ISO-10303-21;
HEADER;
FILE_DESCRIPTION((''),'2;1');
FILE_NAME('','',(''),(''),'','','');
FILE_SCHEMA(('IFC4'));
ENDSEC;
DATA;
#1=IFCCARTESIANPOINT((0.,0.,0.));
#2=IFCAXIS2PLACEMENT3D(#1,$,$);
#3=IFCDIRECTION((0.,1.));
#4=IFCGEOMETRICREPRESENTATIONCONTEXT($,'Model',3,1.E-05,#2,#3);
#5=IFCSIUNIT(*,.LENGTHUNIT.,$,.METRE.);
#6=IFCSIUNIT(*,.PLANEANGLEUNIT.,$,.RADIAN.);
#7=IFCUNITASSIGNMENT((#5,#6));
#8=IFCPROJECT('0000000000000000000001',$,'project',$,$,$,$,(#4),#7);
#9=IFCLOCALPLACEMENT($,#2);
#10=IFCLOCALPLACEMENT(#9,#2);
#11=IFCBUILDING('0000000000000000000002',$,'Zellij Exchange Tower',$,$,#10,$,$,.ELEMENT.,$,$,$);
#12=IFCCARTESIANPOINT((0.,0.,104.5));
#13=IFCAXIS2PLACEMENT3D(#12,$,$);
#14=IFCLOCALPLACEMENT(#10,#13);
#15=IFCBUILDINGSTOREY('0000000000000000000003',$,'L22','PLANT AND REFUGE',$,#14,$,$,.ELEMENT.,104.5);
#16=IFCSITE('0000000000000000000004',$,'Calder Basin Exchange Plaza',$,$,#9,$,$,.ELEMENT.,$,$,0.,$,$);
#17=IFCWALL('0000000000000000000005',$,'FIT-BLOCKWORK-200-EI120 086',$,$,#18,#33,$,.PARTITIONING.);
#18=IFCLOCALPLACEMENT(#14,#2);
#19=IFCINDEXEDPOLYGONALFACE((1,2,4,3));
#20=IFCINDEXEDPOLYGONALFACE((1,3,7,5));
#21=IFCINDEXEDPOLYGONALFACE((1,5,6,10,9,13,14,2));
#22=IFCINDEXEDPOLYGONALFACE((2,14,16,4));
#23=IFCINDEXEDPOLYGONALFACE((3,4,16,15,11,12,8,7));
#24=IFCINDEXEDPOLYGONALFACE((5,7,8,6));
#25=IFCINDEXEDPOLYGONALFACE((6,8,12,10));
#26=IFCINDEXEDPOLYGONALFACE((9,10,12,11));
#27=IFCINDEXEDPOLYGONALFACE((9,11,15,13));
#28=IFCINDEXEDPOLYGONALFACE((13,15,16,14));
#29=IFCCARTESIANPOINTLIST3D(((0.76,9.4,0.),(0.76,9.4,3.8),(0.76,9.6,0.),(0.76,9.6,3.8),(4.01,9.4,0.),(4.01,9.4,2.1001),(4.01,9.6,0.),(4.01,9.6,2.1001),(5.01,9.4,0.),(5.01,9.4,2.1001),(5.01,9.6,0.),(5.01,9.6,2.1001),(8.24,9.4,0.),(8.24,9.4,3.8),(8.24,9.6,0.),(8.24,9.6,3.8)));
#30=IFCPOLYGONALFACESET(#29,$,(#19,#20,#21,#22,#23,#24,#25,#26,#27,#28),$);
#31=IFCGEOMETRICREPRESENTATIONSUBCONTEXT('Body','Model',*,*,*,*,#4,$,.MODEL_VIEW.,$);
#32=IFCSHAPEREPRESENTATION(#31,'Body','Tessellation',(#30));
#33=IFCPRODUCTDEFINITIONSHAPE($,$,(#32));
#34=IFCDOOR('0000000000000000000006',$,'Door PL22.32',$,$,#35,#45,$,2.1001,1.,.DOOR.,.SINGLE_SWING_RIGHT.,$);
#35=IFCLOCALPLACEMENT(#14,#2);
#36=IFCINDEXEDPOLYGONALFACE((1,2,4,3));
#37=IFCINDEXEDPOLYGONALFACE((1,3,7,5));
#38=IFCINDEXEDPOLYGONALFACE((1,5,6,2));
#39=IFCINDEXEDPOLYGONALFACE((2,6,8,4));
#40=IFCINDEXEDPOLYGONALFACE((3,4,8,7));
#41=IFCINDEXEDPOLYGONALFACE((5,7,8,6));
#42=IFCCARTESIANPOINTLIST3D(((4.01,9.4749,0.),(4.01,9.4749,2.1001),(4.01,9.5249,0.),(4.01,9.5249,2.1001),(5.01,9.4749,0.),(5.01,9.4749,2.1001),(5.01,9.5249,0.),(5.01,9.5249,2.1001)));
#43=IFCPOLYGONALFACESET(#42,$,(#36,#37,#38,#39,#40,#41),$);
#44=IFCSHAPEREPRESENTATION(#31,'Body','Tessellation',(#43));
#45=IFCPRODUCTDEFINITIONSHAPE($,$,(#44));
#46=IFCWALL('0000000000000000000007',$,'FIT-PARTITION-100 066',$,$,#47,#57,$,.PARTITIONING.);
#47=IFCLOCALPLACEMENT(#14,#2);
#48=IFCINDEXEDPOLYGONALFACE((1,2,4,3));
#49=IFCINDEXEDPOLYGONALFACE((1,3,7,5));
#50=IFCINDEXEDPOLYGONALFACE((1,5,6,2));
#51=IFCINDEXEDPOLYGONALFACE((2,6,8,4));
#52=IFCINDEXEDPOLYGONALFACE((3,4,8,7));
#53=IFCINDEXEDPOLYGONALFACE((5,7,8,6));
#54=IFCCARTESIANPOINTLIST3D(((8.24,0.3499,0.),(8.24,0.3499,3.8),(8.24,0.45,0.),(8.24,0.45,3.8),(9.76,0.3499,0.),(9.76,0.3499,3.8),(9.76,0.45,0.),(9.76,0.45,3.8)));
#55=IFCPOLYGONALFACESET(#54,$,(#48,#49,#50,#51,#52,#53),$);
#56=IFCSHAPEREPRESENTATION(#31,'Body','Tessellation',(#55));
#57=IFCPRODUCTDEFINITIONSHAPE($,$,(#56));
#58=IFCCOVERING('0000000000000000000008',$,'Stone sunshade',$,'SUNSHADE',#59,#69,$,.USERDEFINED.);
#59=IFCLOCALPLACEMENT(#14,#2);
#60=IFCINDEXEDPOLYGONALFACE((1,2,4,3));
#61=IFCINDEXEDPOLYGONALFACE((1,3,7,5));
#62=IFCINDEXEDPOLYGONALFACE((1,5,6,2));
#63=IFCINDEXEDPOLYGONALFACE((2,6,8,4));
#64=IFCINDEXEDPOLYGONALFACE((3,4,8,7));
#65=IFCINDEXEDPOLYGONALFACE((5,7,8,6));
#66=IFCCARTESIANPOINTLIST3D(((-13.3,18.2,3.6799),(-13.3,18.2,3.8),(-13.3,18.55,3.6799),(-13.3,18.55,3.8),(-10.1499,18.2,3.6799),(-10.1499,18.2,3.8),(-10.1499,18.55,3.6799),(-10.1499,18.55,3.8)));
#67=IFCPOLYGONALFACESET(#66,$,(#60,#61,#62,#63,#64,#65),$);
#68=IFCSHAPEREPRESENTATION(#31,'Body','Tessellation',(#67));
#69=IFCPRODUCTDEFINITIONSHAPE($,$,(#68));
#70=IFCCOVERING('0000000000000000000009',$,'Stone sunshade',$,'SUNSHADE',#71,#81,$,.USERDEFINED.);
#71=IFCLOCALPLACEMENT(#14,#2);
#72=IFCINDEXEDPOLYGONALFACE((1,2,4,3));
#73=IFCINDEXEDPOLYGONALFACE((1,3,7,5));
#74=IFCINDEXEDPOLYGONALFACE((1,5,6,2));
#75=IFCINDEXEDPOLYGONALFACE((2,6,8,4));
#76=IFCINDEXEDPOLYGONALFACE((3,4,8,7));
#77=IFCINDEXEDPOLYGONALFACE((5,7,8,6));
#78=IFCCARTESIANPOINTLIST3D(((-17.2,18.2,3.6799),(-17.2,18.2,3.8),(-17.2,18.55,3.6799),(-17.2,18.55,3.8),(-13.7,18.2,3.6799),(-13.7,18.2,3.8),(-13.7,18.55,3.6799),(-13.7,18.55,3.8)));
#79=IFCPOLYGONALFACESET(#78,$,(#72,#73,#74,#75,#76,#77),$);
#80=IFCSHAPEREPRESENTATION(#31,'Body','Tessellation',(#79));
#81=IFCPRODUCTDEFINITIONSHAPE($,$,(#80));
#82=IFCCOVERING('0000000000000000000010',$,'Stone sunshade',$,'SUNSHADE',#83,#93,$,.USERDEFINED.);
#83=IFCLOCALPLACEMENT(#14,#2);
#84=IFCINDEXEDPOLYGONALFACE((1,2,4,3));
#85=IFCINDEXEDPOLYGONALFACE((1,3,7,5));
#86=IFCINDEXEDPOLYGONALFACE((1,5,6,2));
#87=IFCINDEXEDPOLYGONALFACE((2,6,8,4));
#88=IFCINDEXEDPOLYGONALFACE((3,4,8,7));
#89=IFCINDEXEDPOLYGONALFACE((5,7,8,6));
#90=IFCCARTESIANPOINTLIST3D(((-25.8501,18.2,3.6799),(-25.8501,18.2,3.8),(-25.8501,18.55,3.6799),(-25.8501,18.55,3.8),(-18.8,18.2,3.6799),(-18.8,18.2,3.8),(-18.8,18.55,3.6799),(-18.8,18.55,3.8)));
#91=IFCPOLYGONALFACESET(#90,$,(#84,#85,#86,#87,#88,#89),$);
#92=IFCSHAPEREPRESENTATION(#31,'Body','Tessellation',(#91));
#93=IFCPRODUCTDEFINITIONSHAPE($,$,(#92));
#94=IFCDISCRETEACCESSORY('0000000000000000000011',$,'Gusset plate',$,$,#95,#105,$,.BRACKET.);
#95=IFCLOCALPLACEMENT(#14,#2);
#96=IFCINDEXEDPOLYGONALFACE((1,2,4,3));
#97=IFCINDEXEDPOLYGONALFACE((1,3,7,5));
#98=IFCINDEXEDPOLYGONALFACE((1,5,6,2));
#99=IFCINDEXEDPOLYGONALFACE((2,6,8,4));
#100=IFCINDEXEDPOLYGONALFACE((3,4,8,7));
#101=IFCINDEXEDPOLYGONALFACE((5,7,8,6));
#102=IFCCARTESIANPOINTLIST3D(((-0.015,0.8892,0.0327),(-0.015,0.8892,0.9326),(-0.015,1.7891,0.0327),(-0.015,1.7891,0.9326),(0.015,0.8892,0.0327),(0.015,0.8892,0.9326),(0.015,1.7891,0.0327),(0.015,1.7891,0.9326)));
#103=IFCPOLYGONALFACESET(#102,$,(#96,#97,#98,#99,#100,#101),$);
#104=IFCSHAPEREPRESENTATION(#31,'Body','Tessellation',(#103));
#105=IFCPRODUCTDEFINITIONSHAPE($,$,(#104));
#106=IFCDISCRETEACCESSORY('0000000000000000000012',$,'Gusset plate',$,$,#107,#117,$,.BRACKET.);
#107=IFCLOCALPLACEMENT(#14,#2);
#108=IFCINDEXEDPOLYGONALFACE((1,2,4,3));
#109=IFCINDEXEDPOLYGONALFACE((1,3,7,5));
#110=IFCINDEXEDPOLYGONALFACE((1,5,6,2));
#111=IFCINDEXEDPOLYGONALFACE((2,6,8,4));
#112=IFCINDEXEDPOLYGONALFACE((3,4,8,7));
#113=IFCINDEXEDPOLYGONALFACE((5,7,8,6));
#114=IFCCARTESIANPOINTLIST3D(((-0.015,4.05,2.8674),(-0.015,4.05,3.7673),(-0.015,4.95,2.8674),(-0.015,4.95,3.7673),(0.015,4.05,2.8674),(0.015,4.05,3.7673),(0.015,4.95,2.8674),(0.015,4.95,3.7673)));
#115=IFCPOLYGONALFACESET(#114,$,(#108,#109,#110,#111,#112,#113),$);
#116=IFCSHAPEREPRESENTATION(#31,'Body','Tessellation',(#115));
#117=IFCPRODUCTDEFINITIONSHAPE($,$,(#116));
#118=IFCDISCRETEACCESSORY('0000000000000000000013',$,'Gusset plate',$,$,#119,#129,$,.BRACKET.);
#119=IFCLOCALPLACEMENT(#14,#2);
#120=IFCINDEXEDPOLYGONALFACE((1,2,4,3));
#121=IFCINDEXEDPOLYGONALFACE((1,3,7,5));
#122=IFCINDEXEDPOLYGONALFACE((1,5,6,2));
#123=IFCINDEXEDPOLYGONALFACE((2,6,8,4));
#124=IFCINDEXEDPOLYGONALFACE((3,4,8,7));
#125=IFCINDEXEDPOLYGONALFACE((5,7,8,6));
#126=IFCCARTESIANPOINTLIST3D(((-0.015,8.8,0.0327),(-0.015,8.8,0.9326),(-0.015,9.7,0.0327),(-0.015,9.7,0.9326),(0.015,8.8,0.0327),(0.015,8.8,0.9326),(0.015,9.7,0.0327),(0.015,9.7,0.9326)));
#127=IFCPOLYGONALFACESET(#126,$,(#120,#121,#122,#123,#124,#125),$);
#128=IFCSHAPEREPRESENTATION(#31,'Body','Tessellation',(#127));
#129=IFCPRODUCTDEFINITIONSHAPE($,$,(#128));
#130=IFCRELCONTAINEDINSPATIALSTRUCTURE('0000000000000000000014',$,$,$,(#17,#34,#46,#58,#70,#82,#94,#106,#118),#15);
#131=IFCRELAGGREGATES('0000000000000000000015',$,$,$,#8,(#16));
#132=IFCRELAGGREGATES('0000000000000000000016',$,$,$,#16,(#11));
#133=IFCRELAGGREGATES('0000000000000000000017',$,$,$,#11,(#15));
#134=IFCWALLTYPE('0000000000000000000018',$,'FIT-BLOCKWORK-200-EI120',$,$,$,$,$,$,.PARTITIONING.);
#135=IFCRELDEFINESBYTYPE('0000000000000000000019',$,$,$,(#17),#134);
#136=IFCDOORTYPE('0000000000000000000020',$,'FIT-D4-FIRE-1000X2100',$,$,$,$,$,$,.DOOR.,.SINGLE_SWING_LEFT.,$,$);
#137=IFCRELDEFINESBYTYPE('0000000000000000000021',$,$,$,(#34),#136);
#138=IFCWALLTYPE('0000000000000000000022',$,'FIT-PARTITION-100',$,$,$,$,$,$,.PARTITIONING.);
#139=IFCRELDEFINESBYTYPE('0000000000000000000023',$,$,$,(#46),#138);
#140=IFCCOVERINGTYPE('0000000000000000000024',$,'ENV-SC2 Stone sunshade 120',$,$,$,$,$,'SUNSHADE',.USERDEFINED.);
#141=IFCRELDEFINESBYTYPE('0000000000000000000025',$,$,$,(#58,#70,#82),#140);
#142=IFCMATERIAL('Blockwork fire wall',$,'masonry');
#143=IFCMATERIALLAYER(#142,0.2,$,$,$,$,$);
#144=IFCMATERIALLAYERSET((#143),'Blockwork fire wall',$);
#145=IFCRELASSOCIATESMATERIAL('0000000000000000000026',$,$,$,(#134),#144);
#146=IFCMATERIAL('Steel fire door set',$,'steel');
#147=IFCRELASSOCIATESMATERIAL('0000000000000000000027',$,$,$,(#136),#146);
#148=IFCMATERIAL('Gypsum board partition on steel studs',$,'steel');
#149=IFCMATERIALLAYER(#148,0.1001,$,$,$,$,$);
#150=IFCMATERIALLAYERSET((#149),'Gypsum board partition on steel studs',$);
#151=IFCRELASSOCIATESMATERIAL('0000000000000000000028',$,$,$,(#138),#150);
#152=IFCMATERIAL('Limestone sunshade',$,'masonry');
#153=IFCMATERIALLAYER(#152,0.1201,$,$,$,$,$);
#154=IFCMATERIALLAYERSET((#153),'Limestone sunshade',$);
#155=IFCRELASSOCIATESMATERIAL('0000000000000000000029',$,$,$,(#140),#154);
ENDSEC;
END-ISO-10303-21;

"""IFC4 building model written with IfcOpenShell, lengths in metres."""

from ifc_helpers import new_model, si_unit, direction, frame, frame_2d, origin, origin_2d, place, context, subcontext, project, spatial, polyline, rectangle, outline, extrude, material, layer, layer_set, type_object, element, fill, save


model = new_model("IFC4")

# Units and contexts
model_context = context("Model", 3, precision=1e-05, world=origin(), true_north=direction((0.0, 1.0)))
body_context = subcontext(model_context, "Body", "Model", "MODEL_VIEW")
ifc_project = project(units=[si_unit("LENGTHUNIT", "METRE"), si_unit("PLANEANGLEUNIT", "RADIAN")], contexts=[model_context])

# Site, building, storey
site_placement = place(None, origin())
site = spatial("IfcSite", under=ifc_project, at=site_placement, Name="Calder Basin Exchange Plaza", CompositionType="ELEMENT", RefElevation=0.0)
building_placement = place(site_placement, origin())
building = spatial("IfcBuilding", under=site, at=building_placement, Name="Zellij Exchange Tower", CompositionType="ELEMENT")
storey_placement = place(building_placement, frame((0.0, 0.0, 104.5)))
storey = spatial("IfcBuildingStorey", under=building, at=storey_placement, Name="L22", Description="PLANT AND REFUGE", CompositionType="ELEMENT", Elevation=104.5)

# Shared definitions
ifc_material_1 = material(Name="Blockwork fire wall", Category="masonry")
ifc_layer_1 = layer(ifc_material_1, 0.2)
ifc_layer_set_1 = layer_set([ifc_layer_1], Name="Blockwork fire wall")
wall_type_1 = type_object("IfcWallType", Name="FIT-BLOCKWORK-200-EI120", PredefinedType="PARTITIONING", material=ifc_layer_set_1)
ifc_material_2 = material(Name="Steel fire door set", Category="steel")

# Wall, opening, door
wall_1_placement = place(storey_placement, frame((0.76, 9.5, 0.0), z_axis=(0.0, 0.0, 1.0), x_axis=(1.0, 0.0, 0.0)))
wall_1 = element("IfcWall", 1, at=wall_1_placement, inside=storey, type_object=wall_type_1, Name="FIT-BLOCKWORK-200-EI120 086", PredefinedType="PARTITIONING", context=body_context, shape_type="SweptSolid", body=[
    extrude(rectangle(XDim=7.48, YDim=0.2, at=frame_2d((3.74, 0.0))), origin(), (0.0, 0.0, 1.0), 3.8),
])
opening_1_placement = place(wall_1_placement, frame((3.25, 0.0, 0.0)))
opening_1 = element("IfcOpeningElement", 2, at=opening_1_placement, cuts=wall_1, PredefinedType="OPENING", context=body_context, shape_type="SweptSolid", body=[
    extrude(rectangle(XDim=1.0, YDim=2.1001, at=frame_2d((0.5, 1.05))), frame((0.0, 0.1118, 0.0), z_axis=(0.0, -1.0, 0.0), x_axis=(1.0, 0.0, 0.0)), (0.0, 0.0, 1.0), 0.2239),
])
door_type_1 = type_object("IfcDoorType", Name="FIT-D4-FIRE-1000X2100", OperationType="SINGLE_SWING_LEFT", PredefinedType="DOOR", material=ifc_material_2)
door_1_placement = place(opening_1_placement, origin())
door_1 = element("IfcDoor", 3, at=door_1_placement, inside=storey, type_object=door_type_1, Name="Door PL22.32", OperationType="SINGLE_SWING_RIGHT", OverallHeight=2.1001, OverallWidth=1.0, PredefinedType="DOOR", context=body_context, shape_type="SweptSolid", body=[
    extrude(rectangle(XDim=1.0, YDim=2.1001, at=frame_2d((0.5, 1.05))), frame((0.0, 0.0249, 0.0), z_axis=(0.0, -1.0, 0.0), x_axis=(1.0, 0.0, 0.0)), (0.0, 0.0, 1.0), 0.05),
])
fill(opening_1, door_1)

# Wall
ifc_material_3 = material(Name="Gypsum board partition on steel studs", Category="steel")
ifc_layer_2 = layer(ifc_material_3, 0.1001)
ifc_layer_set_2 = layer_set([ifc_layer_2], Name="Gypsum board partition on steel studs")
wall_type_2 = type_object("IfcWallType", Name="FIT-PARTITION-100", PredefinedType="PARTITIONING", material=ifc_layer_set_2)
wall_2_placement = place(storey_placement, frame((8.24, 0.3999, 0.0), z_axis=(0.0, 0.0, 1.0), x_axis=(1.0, 0.0, 0.0)))
element("IfcWall", 4, at=wall_2_placement, inside=storey, type_object=wall_type_2, Name="FIT-PARTITION-100 066", PredefinedType="PARTITIONING", context=body_context, shape_type="SweptSolid", body=[
    extrude(rectangle(XDim=1.52, YDim=0.1001, at=frame_2d((0.76, 0.0))), origin(), (0.0, 0.0, 1.0), 3.8),
])

# Coverings
ifc_material_4 = material(Name="Limestone sunshade", Category="masonry")
ifc_layer_3 = layer(ifc_material_4, 0.1201)
ifc_layer_set_3 = layer_set([ifc_layer_3], Name="Limestone sunshade")
covering_type = type_object("IfcCoveringType", Name="ENV-SC2 Stone sunshade 120", ElementType="SUNSHADE", PredefinedType="USERDEFINED", material=ifc_layer_set_3)
covering_1_placement = place(storey_placement, frame((0.0, 0.0, 3.6799)))
element("IfcCovering", 5, at=covering_1_placement, inside=storey, type_object=covering_type, Name="Stone sunshade", ObjectType="SUNSHADE", PredefinedType="USERDEFINED", context=body_context, shape_type="SweptSolid", body=[
    extrude(outline(polyline([(-10.1499, 18.2), (-13.3, 18.2), (-13.3, 18.55), (-10.1499, 18.55), (-10.1499, 18.2)])), origin(), (0.0, 0.0, 1.0), 0.1201),
])
covering_2_placement = place(storey_placement, frame((0.0, 0.0, 3.6799)))
element("IfcCovering", 6, at=covering_2_placement, inside=storey, type_object=covering_type, Name="Stone sunshade", ObjectType="SUNSHADE", PredefinedType="USERDEFINED", context=body_context, shape_type="SweptSolid", body=[
    extrude(outline(polyline([(-13.7, 18.2), (-17.2, 18.2), (-17.2, 18.55), (-13.7, 18.55), (-13.7, 18.2)])), origin(), (0.0, 0.0, 1.0), 0.1201),
])
covering_3_placement = place(storey_placement, frame((0.0, 0.0, 3.6799)))
element("IfcCovering", 7, at=covering_3_placement, inside=storey, type_object=covering_type, Name="Stone sunshade", ObjectType="SUNSHADE", PredefinedType="USERDEFINED", context=body_context, shape_type="SweptSolid", body=[
    extrude(outline(polyline([(-18.8, 18.2), (-25.8501, 18.2), (-25.8501, 18.55), (-18.8, 18.55), (-18.8, 18.2)])), origin(), (0.0, 0.0, 1.0), 0.1201),
])

# Discrete accessories
for number, where, z_axis, x_axis, name in (
    (8, (0.0, 1.3391, 0.0327), (0.0, 0.0, 1.0), (0.0, 1.0, 0.0), "Gusset plate"),
    (9, (0.0, 4.5, 2.8674), (0.0, 0.0, 1.0), (0.0, 1.0, 0.0), "Gusset plate"),
    (10, (0.0, 9.25, 0.0327), (0.0, 0.0, 1.0), (0.0, 1.0, 0.0), "Gusset plate"),
):
    element("IfcDiscreteAccessory", number, at=place(storey_placement, frame(where, z_axis=z_axis, x_axis=x_axis)), inside=storey, Name=name, PredefinedType="BRACKET", context=body_context, shape_type="SweptSolid", body=[
        extrude(rectangle(XDim=0.8999, YDim=0.03, at=origin_2d()), origin(), (0.0, 0.0, 1.0), 0.8999),
    ])

save(model, "model.ifc")
